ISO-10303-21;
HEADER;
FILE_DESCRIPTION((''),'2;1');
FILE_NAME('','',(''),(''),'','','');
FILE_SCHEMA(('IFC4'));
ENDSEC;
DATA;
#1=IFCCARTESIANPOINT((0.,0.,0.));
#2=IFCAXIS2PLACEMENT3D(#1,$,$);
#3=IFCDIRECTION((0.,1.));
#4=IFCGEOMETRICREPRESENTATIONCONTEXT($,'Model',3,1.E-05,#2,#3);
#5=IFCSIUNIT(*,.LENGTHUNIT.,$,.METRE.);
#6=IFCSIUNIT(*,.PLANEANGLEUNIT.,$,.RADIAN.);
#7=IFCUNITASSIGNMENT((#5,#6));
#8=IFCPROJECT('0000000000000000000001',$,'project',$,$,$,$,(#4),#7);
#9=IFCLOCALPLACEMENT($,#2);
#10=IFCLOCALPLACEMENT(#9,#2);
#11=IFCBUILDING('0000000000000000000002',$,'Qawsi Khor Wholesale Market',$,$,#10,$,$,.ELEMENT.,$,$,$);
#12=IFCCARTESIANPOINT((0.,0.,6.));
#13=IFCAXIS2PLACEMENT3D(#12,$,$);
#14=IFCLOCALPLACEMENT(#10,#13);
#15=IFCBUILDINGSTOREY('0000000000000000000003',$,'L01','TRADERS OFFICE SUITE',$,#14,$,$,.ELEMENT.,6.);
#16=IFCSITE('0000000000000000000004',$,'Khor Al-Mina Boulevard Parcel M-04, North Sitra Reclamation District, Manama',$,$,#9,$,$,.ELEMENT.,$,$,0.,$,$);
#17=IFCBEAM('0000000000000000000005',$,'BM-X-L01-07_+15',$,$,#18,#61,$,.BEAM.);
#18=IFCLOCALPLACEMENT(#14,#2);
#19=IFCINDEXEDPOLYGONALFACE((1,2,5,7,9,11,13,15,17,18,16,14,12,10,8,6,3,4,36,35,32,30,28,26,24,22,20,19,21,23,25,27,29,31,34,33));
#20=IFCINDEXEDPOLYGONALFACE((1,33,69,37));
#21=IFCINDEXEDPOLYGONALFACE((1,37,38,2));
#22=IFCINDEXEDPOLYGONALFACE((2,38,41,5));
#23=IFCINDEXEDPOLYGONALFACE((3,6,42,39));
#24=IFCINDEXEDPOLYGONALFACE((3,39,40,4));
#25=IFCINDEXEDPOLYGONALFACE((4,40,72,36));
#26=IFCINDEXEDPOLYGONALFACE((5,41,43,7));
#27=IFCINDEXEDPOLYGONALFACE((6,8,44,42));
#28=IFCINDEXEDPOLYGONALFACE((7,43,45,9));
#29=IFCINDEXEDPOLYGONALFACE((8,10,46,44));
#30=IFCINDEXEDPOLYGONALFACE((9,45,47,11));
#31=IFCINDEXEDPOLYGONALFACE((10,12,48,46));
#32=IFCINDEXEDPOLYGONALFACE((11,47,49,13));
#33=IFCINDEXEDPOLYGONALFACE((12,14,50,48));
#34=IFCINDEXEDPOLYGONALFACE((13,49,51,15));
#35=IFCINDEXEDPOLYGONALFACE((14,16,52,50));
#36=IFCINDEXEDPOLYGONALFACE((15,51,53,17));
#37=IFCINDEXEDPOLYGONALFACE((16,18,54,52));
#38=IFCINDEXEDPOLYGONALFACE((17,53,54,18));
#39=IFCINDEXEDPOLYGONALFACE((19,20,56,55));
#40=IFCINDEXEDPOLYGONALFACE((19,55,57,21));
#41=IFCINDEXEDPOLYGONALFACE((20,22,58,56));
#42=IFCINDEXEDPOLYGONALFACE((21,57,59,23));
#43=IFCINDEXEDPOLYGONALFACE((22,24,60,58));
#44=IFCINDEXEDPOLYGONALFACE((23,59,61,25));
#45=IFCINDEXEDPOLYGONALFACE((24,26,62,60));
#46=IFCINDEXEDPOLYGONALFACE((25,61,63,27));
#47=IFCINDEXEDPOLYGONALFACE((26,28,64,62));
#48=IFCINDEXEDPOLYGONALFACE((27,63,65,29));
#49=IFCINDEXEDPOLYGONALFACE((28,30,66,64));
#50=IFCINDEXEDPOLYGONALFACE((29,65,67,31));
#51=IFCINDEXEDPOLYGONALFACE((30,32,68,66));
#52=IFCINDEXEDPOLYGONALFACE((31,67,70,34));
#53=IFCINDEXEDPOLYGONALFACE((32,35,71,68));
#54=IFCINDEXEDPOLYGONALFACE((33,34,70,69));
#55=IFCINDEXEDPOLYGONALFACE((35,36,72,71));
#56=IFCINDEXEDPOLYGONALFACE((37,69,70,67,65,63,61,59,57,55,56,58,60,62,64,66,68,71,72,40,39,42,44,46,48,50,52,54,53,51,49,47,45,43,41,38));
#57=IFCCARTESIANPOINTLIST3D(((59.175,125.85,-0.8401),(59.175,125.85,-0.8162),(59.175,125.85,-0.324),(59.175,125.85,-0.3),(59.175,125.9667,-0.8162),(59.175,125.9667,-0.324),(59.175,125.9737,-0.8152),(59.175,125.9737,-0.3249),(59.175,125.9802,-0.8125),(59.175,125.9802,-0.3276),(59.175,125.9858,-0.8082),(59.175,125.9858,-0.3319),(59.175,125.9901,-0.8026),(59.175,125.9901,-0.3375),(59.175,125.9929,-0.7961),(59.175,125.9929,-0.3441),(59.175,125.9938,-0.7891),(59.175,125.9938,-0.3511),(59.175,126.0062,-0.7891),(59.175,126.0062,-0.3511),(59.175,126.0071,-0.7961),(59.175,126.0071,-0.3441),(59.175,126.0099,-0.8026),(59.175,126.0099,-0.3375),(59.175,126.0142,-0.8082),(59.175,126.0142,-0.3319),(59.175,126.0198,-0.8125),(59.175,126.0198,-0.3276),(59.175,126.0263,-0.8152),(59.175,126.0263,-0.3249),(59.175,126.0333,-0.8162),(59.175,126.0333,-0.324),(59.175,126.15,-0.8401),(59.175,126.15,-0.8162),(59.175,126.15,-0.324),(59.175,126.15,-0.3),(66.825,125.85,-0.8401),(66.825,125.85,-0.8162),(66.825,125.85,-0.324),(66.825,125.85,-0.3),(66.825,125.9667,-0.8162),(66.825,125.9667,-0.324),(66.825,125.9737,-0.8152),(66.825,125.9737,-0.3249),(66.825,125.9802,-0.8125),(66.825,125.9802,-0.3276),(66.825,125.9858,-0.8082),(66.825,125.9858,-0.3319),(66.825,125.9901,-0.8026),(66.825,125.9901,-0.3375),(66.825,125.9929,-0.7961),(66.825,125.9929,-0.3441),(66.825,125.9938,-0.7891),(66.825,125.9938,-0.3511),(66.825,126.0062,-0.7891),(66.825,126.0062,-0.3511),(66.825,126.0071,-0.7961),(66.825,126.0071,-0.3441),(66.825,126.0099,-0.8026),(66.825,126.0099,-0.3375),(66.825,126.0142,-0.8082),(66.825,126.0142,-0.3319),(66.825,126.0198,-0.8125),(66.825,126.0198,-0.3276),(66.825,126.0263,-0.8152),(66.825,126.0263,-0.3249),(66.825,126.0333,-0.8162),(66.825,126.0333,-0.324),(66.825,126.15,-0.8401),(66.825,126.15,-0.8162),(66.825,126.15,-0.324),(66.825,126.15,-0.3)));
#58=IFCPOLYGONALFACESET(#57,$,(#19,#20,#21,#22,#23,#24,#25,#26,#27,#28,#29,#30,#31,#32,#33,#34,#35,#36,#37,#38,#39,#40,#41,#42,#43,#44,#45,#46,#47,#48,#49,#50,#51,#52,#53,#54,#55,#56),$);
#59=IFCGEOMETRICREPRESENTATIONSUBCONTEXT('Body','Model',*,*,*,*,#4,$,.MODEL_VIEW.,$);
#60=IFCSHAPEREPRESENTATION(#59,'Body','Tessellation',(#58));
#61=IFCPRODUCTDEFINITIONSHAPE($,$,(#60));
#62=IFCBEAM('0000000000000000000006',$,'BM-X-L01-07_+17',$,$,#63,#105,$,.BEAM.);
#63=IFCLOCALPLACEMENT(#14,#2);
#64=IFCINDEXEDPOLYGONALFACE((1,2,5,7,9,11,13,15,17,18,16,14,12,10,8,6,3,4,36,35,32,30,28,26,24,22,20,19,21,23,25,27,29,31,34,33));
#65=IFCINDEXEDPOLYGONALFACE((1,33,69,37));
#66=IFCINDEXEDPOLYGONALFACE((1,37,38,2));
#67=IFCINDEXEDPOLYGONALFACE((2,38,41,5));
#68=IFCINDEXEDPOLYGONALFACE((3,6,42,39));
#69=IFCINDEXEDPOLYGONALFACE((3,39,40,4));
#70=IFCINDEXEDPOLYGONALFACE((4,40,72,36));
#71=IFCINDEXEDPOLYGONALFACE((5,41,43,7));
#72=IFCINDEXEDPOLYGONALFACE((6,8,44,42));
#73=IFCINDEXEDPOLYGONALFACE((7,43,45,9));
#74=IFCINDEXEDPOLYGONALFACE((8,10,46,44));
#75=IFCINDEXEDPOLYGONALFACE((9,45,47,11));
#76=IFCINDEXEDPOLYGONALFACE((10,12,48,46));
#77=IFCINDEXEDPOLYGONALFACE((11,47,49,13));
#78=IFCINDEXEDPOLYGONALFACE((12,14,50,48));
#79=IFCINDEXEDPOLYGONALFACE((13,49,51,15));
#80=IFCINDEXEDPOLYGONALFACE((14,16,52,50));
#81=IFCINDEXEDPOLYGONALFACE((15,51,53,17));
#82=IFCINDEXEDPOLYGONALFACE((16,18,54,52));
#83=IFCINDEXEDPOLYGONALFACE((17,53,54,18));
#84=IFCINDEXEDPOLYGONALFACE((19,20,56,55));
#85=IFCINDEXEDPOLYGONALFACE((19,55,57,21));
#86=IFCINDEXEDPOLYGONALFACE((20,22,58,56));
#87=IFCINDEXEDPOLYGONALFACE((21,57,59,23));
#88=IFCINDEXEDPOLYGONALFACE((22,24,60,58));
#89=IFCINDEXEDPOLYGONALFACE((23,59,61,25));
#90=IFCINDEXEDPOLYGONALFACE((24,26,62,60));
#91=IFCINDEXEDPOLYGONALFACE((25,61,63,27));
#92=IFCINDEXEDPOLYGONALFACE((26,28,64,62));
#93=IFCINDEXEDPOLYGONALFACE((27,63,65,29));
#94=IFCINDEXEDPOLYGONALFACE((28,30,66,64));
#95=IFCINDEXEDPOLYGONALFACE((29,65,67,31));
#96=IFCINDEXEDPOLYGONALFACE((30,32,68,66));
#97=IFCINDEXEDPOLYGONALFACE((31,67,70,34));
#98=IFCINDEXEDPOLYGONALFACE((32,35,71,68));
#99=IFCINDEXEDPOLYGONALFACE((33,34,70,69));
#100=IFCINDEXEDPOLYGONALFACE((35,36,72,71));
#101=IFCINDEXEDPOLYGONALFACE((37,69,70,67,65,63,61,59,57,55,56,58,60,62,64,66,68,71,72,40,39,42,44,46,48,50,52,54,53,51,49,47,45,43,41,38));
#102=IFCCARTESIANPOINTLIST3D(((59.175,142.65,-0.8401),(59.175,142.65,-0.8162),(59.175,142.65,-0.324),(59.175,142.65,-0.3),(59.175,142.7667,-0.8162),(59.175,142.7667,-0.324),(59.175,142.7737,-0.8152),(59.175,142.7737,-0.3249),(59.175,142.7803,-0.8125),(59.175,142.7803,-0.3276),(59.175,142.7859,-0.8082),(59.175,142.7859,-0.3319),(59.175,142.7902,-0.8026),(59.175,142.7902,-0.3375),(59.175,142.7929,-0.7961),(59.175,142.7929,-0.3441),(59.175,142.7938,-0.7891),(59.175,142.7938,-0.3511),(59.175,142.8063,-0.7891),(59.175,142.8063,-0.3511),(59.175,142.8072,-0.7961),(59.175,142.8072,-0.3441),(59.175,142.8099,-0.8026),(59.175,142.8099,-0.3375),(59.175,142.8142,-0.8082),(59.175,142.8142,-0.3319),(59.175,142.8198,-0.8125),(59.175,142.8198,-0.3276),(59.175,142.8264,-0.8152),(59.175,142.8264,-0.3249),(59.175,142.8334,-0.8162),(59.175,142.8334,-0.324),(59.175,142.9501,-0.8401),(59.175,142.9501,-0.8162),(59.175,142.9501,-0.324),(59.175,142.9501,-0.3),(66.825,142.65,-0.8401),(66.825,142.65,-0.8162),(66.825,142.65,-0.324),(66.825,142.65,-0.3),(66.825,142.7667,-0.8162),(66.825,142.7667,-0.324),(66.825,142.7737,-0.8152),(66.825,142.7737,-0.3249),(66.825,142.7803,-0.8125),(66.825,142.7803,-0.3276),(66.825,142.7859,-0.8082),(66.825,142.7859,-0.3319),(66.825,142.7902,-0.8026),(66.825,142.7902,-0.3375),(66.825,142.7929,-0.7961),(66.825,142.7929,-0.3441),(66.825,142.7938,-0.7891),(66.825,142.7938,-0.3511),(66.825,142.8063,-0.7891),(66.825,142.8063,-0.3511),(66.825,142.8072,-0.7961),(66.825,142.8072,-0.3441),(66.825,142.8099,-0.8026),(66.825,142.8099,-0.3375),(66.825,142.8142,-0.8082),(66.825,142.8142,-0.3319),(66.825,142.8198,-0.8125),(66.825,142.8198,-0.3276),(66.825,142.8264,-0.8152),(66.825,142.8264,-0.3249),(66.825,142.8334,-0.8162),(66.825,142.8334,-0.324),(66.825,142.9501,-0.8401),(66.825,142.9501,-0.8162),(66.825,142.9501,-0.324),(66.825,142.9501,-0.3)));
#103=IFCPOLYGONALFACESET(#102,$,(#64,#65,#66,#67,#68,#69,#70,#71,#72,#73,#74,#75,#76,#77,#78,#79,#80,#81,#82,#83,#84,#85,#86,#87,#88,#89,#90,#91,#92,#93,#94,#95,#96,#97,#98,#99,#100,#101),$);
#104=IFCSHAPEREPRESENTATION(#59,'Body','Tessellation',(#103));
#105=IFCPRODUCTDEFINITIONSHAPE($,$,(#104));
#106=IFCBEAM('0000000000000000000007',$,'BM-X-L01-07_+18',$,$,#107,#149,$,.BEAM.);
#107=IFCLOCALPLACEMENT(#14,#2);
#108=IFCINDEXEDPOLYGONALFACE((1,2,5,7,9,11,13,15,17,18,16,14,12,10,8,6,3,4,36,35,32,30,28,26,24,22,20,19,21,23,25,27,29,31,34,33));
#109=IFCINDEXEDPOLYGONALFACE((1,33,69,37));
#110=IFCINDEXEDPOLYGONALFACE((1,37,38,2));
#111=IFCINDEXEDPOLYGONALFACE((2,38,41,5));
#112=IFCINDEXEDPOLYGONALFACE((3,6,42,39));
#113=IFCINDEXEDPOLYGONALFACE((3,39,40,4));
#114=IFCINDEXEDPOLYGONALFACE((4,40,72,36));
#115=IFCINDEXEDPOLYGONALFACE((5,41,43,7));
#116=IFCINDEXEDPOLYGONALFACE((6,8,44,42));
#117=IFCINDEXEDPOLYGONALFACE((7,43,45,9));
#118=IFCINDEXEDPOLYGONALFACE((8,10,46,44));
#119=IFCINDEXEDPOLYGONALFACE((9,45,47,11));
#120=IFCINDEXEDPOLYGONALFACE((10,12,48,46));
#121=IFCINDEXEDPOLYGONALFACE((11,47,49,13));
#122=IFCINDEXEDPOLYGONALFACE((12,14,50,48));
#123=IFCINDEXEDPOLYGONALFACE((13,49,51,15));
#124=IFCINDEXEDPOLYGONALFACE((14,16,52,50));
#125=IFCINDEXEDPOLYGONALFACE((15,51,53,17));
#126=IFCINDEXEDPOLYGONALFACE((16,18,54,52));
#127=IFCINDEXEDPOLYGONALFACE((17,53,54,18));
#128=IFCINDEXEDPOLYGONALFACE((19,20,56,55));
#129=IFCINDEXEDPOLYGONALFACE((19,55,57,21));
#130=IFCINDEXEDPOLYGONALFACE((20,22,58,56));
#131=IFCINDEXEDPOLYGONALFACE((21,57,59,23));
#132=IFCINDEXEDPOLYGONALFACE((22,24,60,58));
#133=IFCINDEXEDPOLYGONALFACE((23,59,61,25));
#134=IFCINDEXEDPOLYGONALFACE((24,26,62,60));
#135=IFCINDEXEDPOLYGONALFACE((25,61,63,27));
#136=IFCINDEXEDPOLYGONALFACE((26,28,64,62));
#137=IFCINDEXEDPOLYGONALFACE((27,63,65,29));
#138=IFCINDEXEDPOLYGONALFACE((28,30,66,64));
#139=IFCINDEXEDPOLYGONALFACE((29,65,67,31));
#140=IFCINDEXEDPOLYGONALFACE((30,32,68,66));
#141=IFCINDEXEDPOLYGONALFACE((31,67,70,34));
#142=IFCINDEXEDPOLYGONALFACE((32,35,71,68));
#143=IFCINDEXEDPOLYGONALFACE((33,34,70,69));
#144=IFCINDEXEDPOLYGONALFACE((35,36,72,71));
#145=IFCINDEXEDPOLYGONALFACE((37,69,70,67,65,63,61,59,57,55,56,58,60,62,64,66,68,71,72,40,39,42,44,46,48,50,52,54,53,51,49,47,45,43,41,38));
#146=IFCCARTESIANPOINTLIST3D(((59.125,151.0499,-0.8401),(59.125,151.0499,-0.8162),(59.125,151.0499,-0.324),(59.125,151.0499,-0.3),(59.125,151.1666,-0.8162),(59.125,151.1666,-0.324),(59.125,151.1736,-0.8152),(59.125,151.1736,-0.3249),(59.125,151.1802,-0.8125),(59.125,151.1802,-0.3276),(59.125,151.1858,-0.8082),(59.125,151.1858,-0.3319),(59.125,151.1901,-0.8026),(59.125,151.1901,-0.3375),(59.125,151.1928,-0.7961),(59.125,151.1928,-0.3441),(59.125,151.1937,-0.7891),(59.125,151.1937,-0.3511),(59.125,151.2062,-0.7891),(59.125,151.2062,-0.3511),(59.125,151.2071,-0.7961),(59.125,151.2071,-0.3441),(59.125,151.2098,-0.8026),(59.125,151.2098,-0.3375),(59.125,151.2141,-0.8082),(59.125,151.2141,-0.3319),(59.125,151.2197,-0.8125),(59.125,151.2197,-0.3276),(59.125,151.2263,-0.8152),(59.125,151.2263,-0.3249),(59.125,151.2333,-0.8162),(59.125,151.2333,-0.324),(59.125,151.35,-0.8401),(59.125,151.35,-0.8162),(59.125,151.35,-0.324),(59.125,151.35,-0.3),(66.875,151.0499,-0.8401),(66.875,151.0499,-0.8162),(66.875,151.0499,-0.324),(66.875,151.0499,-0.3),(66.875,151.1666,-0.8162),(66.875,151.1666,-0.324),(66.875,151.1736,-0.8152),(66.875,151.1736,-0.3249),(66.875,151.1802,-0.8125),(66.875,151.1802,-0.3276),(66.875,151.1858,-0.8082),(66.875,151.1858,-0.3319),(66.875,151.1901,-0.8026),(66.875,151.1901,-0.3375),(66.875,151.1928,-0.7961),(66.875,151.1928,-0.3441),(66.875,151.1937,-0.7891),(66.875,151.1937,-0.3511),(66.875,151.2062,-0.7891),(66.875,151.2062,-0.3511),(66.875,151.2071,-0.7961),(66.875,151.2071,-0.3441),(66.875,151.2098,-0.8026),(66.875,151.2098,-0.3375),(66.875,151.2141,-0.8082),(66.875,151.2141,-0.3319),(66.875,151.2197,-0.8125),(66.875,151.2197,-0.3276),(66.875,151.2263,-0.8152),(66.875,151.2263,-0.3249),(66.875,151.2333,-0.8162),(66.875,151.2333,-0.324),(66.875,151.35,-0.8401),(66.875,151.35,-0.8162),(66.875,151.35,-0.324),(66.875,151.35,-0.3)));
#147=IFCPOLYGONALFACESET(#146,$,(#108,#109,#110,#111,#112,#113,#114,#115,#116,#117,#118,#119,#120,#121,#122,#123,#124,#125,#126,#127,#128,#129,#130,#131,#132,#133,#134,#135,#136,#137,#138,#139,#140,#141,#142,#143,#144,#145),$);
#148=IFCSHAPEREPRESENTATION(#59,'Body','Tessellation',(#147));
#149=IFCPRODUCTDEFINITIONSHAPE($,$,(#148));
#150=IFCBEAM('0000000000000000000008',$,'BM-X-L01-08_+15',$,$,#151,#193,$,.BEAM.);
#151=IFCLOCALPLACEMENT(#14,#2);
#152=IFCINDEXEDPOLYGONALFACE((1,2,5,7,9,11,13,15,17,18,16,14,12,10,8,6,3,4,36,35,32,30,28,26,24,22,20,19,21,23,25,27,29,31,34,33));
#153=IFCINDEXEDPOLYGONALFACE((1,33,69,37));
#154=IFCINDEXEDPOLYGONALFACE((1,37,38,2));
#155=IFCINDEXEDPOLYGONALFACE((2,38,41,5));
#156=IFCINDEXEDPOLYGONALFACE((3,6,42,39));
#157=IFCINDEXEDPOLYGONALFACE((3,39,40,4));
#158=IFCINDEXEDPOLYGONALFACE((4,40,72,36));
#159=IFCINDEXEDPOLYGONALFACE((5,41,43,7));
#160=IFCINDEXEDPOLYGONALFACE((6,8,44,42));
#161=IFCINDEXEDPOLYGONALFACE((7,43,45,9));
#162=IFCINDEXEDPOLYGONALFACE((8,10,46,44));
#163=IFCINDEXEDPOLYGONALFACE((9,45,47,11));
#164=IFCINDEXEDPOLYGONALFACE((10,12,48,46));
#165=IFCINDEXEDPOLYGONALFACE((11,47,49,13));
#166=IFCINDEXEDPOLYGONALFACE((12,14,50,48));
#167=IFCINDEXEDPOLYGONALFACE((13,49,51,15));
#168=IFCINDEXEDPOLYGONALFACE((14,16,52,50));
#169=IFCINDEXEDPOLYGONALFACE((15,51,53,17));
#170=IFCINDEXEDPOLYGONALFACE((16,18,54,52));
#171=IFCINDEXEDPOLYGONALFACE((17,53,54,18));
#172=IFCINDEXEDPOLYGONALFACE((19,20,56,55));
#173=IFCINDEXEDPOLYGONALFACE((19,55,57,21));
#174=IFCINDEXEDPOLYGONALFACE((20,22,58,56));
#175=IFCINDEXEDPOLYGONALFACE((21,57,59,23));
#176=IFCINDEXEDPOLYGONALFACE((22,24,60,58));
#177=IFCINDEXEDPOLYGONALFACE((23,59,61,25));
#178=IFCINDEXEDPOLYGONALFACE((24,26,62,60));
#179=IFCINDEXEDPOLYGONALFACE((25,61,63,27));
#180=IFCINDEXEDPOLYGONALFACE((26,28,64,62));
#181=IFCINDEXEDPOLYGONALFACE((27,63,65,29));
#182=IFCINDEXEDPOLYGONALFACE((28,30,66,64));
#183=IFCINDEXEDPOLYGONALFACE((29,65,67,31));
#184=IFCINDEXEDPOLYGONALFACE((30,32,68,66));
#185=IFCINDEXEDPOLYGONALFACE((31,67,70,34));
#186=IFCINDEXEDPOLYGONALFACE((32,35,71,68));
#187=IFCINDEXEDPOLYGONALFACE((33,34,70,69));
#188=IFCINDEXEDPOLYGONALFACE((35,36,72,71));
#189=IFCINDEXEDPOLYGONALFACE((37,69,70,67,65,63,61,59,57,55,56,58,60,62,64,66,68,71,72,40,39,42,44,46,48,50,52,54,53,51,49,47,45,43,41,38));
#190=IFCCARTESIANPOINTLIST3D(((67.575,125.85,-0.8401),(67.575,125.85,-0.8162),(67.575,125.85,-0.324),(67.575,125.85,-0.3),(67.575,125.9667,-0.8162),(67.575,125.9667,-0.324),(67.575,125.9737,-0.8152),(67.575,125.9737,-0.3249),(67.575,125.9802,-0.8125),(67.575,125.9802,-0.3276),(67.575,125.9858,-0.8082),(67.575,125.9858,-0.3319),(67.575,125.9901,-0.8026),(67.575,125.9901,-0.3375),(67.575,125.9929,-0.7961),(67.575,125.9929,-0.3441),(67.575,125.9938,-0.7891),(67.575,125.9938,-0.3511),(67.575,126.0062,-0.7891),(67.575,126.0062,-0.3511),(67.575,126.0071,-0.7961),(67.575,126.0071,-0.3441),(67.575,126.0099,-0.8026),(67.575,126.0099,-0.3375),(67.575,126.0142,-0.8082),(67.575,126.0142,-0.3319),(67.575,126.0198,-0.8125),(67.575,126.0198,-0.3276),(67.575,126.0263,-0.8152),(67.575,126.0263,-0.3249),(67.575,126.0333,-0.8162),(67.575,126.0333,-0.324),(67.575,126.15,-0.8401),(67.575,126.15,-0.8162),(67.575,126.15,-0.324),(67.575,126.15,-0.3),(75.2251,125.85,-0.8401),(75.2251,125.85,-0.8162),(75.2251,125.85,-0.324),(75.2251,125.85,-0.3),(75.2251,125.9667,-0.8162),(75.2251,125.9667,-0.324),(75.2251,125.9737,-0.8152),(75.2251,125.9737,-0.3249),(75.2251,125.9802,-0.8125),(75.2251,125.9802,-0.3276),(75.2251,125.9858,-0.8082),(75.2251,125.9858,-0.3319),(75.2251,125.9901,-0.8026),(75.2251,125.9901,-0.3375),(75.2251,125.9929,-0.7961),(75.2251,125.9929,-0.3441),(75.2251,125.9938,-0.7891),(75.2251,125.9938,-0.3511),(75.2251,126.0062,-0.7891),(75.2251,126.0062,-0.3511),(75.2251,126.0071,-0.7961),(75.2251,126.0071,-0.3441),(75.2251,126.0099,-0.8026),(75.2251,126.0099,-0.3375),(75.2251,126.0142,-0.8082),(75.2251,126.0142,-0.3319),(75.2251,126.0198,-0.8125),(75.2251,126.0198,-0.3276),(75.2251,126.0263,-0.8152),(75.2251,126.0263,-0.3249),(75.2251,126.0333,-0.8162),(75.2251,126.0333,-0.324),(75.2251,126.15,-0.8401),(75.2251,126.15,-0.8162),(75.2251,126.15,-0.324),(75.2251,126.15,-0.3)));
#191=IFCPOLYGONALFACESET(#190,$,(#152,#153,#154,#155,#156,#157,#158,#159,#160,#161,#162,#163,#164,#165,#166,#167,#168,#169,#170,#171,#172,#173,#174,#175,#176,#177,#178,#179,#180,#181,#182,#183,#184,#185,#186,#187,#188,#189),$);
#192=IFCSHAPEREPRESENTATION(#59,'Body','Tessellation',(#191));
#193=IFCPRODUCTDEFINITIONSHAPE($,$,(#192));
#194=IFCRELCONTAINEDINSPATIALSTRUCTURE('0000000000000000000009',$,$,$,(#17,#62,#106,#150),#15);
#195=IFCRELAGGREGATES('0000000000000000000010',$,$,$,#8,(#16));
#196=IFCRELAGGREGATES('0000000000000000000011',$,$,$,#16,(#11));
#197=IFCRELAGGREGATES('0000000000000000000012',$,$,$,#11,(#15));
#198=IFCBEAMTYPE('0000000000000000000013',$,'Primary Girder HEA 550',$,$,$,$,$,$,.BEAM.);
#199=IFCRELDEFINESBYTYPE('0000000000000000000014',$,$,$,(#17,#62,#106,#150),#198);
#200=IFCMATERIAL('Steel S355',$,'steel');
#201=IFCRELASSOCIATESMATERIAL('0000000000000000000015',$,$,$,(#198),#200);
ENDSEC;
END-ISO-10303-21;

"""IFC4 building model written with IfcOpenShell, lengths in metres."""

from ifc_helpers import new_model, si_unit, direction, frame, origin, origin_2d, place, context, subcontext, project, spatial, i_section, extrude, material, material_profile, profile_set, type_object, element, save


model = new_model("IFC4")

# Units and contexts
model_context = context("Model", 3, precision=1e-05, world=origin(), true_north=direction((0.0, 1.0)))
body_context = subcontext(model_context, "Body", "Model", "MODEL_VIEW")
ifc_project = project(units=[si_unit("LENGTHUNIT", "METRE"), si_unit("PLANEANGLEUNIT", "RADIAN")], contexts=[model_context])

# Site, building, storey
site_placement = place(None, origin())
site = spatial("IfcSite", under=ifc_project, at=site_placement, Name="Khor Al-Mina Boulevard Parcel M-04, North Sitra Reclamation District, Manama", CompositionType="ELEMENT", RefElevation=0.0)
building_placement = place(site_placement, origin())
building = spatial("IfcBuilding", under=site, at=building_placement, Name="Qawsi Khor Wholesale Market", CompositionType="ELEMENT")
storey_placement = place(building_placement, frame((0.0, 0.0, 6.0)))
storey = spatial("IfcBuildingStorey", under=building, at=storey_placement, Name="L01", Description="TRADERS OFFICE SUITE", CompositionType="ELEMENT", Elevation=6.0)

# Beams
ifc_material_1 = material(Name="Steel S355", Category="steel")
ifc_material_profile_1 = material_profile(ifc_material_1, i_section(OverallWidth=0.3, OverallDepth=0.54, WebThickness=0.0125, FlangeThickness=0.0239, FilletRadius=0.0271, at=origin_2d()), Name="HEA 550")
ifc_profile_set_1 = profile_set([ifc_material_profile_1], Name="Steel S355")
beam_type_1 = type_object("IfcBeamType", Name="Primary Girder HEA 550", PredefinedType="BEAM", material=ifc_profile_set_1)
for number, where, z_axis, x_axis, name in (
    (1, (59.175, 126.0, -0.5701), (1.0, 0.0, 0.0), (0.0, 1.0, 0.0), "BM-X-L01-07_+15"),
    (2, (59.175, 142.8, -0.5701), (1.0, 0.0, 0.0), (0.0, 1.0, 0.0), "BM-X-L01-07_+17"),
):
    element("IfcBeam", number, at=place(storey_placement, frame(where, z_axis=z_axis, x_axis=x_axis)), inside=storey, type_object=beam_type_1, Name=name, PredefinedType="BEAM", context=body_context, shape_type="SweptSolid", body=[
        extrude(i_section(OverallWidth=0.3, OverallDepth=0.54, WebThickness=0.0125, FlangeThickness=0.0239, FilletRadius=0.0271, at=origin_2d()), origin(), (0.0, 0.0, 1.0), 7.6499),
    ])
beam_1_placement = place(storey_placement, frame((59.125, 151.2, -0.5701), z_axis=(1.0, 0.0, 0.0), x_axis=(0.0, 1.0, 0.0)))
element("IfcBeam", 3, at=beam_1_placement, inside=storey, type_object=beam_type_1, Name="BM-X-L01-07_+18", PredefinedType="BEAM", context=body_context, shape_type="SweptSolid", body=[
    extrude(i_section(OverallWidth=0.3, OverallDepth=0.54, WebThickness=0.0125, FlangeThickness=0.0239, FilletRadius=0.0271, at=origin_2d()), origin(), (0.0, 0.0, 1.0), 7.75),
])
for number, where, z_axis, x_axis, name in (
    (4, (67.575, 126.0, -0.5701), (1.0, 0.0, 0.0), (0.0, 1.0, 0.0), "BM-X-L01-08_+15"),
):
    element("IfcBeam", number, at=place(storey_placement, frame(where, z_axis=z_axis, x_axis=x_axis)), inside=storey, type_object=beam_type_1, Name=name, PredefinedType="BEAM", context=body_context, shape_type="SweptSolid", body=[
        extrude(i_section(OverallWidth=0.3, OverallDepth=0.54, WebThickness=0.0125, FlangeThickness=0.0239, FilletRadius=0.0271, at=origin_2d()), origin(), (0.0, 0.0, 1.0), 7.6501),
    ])

save(model, "model.ifc")
